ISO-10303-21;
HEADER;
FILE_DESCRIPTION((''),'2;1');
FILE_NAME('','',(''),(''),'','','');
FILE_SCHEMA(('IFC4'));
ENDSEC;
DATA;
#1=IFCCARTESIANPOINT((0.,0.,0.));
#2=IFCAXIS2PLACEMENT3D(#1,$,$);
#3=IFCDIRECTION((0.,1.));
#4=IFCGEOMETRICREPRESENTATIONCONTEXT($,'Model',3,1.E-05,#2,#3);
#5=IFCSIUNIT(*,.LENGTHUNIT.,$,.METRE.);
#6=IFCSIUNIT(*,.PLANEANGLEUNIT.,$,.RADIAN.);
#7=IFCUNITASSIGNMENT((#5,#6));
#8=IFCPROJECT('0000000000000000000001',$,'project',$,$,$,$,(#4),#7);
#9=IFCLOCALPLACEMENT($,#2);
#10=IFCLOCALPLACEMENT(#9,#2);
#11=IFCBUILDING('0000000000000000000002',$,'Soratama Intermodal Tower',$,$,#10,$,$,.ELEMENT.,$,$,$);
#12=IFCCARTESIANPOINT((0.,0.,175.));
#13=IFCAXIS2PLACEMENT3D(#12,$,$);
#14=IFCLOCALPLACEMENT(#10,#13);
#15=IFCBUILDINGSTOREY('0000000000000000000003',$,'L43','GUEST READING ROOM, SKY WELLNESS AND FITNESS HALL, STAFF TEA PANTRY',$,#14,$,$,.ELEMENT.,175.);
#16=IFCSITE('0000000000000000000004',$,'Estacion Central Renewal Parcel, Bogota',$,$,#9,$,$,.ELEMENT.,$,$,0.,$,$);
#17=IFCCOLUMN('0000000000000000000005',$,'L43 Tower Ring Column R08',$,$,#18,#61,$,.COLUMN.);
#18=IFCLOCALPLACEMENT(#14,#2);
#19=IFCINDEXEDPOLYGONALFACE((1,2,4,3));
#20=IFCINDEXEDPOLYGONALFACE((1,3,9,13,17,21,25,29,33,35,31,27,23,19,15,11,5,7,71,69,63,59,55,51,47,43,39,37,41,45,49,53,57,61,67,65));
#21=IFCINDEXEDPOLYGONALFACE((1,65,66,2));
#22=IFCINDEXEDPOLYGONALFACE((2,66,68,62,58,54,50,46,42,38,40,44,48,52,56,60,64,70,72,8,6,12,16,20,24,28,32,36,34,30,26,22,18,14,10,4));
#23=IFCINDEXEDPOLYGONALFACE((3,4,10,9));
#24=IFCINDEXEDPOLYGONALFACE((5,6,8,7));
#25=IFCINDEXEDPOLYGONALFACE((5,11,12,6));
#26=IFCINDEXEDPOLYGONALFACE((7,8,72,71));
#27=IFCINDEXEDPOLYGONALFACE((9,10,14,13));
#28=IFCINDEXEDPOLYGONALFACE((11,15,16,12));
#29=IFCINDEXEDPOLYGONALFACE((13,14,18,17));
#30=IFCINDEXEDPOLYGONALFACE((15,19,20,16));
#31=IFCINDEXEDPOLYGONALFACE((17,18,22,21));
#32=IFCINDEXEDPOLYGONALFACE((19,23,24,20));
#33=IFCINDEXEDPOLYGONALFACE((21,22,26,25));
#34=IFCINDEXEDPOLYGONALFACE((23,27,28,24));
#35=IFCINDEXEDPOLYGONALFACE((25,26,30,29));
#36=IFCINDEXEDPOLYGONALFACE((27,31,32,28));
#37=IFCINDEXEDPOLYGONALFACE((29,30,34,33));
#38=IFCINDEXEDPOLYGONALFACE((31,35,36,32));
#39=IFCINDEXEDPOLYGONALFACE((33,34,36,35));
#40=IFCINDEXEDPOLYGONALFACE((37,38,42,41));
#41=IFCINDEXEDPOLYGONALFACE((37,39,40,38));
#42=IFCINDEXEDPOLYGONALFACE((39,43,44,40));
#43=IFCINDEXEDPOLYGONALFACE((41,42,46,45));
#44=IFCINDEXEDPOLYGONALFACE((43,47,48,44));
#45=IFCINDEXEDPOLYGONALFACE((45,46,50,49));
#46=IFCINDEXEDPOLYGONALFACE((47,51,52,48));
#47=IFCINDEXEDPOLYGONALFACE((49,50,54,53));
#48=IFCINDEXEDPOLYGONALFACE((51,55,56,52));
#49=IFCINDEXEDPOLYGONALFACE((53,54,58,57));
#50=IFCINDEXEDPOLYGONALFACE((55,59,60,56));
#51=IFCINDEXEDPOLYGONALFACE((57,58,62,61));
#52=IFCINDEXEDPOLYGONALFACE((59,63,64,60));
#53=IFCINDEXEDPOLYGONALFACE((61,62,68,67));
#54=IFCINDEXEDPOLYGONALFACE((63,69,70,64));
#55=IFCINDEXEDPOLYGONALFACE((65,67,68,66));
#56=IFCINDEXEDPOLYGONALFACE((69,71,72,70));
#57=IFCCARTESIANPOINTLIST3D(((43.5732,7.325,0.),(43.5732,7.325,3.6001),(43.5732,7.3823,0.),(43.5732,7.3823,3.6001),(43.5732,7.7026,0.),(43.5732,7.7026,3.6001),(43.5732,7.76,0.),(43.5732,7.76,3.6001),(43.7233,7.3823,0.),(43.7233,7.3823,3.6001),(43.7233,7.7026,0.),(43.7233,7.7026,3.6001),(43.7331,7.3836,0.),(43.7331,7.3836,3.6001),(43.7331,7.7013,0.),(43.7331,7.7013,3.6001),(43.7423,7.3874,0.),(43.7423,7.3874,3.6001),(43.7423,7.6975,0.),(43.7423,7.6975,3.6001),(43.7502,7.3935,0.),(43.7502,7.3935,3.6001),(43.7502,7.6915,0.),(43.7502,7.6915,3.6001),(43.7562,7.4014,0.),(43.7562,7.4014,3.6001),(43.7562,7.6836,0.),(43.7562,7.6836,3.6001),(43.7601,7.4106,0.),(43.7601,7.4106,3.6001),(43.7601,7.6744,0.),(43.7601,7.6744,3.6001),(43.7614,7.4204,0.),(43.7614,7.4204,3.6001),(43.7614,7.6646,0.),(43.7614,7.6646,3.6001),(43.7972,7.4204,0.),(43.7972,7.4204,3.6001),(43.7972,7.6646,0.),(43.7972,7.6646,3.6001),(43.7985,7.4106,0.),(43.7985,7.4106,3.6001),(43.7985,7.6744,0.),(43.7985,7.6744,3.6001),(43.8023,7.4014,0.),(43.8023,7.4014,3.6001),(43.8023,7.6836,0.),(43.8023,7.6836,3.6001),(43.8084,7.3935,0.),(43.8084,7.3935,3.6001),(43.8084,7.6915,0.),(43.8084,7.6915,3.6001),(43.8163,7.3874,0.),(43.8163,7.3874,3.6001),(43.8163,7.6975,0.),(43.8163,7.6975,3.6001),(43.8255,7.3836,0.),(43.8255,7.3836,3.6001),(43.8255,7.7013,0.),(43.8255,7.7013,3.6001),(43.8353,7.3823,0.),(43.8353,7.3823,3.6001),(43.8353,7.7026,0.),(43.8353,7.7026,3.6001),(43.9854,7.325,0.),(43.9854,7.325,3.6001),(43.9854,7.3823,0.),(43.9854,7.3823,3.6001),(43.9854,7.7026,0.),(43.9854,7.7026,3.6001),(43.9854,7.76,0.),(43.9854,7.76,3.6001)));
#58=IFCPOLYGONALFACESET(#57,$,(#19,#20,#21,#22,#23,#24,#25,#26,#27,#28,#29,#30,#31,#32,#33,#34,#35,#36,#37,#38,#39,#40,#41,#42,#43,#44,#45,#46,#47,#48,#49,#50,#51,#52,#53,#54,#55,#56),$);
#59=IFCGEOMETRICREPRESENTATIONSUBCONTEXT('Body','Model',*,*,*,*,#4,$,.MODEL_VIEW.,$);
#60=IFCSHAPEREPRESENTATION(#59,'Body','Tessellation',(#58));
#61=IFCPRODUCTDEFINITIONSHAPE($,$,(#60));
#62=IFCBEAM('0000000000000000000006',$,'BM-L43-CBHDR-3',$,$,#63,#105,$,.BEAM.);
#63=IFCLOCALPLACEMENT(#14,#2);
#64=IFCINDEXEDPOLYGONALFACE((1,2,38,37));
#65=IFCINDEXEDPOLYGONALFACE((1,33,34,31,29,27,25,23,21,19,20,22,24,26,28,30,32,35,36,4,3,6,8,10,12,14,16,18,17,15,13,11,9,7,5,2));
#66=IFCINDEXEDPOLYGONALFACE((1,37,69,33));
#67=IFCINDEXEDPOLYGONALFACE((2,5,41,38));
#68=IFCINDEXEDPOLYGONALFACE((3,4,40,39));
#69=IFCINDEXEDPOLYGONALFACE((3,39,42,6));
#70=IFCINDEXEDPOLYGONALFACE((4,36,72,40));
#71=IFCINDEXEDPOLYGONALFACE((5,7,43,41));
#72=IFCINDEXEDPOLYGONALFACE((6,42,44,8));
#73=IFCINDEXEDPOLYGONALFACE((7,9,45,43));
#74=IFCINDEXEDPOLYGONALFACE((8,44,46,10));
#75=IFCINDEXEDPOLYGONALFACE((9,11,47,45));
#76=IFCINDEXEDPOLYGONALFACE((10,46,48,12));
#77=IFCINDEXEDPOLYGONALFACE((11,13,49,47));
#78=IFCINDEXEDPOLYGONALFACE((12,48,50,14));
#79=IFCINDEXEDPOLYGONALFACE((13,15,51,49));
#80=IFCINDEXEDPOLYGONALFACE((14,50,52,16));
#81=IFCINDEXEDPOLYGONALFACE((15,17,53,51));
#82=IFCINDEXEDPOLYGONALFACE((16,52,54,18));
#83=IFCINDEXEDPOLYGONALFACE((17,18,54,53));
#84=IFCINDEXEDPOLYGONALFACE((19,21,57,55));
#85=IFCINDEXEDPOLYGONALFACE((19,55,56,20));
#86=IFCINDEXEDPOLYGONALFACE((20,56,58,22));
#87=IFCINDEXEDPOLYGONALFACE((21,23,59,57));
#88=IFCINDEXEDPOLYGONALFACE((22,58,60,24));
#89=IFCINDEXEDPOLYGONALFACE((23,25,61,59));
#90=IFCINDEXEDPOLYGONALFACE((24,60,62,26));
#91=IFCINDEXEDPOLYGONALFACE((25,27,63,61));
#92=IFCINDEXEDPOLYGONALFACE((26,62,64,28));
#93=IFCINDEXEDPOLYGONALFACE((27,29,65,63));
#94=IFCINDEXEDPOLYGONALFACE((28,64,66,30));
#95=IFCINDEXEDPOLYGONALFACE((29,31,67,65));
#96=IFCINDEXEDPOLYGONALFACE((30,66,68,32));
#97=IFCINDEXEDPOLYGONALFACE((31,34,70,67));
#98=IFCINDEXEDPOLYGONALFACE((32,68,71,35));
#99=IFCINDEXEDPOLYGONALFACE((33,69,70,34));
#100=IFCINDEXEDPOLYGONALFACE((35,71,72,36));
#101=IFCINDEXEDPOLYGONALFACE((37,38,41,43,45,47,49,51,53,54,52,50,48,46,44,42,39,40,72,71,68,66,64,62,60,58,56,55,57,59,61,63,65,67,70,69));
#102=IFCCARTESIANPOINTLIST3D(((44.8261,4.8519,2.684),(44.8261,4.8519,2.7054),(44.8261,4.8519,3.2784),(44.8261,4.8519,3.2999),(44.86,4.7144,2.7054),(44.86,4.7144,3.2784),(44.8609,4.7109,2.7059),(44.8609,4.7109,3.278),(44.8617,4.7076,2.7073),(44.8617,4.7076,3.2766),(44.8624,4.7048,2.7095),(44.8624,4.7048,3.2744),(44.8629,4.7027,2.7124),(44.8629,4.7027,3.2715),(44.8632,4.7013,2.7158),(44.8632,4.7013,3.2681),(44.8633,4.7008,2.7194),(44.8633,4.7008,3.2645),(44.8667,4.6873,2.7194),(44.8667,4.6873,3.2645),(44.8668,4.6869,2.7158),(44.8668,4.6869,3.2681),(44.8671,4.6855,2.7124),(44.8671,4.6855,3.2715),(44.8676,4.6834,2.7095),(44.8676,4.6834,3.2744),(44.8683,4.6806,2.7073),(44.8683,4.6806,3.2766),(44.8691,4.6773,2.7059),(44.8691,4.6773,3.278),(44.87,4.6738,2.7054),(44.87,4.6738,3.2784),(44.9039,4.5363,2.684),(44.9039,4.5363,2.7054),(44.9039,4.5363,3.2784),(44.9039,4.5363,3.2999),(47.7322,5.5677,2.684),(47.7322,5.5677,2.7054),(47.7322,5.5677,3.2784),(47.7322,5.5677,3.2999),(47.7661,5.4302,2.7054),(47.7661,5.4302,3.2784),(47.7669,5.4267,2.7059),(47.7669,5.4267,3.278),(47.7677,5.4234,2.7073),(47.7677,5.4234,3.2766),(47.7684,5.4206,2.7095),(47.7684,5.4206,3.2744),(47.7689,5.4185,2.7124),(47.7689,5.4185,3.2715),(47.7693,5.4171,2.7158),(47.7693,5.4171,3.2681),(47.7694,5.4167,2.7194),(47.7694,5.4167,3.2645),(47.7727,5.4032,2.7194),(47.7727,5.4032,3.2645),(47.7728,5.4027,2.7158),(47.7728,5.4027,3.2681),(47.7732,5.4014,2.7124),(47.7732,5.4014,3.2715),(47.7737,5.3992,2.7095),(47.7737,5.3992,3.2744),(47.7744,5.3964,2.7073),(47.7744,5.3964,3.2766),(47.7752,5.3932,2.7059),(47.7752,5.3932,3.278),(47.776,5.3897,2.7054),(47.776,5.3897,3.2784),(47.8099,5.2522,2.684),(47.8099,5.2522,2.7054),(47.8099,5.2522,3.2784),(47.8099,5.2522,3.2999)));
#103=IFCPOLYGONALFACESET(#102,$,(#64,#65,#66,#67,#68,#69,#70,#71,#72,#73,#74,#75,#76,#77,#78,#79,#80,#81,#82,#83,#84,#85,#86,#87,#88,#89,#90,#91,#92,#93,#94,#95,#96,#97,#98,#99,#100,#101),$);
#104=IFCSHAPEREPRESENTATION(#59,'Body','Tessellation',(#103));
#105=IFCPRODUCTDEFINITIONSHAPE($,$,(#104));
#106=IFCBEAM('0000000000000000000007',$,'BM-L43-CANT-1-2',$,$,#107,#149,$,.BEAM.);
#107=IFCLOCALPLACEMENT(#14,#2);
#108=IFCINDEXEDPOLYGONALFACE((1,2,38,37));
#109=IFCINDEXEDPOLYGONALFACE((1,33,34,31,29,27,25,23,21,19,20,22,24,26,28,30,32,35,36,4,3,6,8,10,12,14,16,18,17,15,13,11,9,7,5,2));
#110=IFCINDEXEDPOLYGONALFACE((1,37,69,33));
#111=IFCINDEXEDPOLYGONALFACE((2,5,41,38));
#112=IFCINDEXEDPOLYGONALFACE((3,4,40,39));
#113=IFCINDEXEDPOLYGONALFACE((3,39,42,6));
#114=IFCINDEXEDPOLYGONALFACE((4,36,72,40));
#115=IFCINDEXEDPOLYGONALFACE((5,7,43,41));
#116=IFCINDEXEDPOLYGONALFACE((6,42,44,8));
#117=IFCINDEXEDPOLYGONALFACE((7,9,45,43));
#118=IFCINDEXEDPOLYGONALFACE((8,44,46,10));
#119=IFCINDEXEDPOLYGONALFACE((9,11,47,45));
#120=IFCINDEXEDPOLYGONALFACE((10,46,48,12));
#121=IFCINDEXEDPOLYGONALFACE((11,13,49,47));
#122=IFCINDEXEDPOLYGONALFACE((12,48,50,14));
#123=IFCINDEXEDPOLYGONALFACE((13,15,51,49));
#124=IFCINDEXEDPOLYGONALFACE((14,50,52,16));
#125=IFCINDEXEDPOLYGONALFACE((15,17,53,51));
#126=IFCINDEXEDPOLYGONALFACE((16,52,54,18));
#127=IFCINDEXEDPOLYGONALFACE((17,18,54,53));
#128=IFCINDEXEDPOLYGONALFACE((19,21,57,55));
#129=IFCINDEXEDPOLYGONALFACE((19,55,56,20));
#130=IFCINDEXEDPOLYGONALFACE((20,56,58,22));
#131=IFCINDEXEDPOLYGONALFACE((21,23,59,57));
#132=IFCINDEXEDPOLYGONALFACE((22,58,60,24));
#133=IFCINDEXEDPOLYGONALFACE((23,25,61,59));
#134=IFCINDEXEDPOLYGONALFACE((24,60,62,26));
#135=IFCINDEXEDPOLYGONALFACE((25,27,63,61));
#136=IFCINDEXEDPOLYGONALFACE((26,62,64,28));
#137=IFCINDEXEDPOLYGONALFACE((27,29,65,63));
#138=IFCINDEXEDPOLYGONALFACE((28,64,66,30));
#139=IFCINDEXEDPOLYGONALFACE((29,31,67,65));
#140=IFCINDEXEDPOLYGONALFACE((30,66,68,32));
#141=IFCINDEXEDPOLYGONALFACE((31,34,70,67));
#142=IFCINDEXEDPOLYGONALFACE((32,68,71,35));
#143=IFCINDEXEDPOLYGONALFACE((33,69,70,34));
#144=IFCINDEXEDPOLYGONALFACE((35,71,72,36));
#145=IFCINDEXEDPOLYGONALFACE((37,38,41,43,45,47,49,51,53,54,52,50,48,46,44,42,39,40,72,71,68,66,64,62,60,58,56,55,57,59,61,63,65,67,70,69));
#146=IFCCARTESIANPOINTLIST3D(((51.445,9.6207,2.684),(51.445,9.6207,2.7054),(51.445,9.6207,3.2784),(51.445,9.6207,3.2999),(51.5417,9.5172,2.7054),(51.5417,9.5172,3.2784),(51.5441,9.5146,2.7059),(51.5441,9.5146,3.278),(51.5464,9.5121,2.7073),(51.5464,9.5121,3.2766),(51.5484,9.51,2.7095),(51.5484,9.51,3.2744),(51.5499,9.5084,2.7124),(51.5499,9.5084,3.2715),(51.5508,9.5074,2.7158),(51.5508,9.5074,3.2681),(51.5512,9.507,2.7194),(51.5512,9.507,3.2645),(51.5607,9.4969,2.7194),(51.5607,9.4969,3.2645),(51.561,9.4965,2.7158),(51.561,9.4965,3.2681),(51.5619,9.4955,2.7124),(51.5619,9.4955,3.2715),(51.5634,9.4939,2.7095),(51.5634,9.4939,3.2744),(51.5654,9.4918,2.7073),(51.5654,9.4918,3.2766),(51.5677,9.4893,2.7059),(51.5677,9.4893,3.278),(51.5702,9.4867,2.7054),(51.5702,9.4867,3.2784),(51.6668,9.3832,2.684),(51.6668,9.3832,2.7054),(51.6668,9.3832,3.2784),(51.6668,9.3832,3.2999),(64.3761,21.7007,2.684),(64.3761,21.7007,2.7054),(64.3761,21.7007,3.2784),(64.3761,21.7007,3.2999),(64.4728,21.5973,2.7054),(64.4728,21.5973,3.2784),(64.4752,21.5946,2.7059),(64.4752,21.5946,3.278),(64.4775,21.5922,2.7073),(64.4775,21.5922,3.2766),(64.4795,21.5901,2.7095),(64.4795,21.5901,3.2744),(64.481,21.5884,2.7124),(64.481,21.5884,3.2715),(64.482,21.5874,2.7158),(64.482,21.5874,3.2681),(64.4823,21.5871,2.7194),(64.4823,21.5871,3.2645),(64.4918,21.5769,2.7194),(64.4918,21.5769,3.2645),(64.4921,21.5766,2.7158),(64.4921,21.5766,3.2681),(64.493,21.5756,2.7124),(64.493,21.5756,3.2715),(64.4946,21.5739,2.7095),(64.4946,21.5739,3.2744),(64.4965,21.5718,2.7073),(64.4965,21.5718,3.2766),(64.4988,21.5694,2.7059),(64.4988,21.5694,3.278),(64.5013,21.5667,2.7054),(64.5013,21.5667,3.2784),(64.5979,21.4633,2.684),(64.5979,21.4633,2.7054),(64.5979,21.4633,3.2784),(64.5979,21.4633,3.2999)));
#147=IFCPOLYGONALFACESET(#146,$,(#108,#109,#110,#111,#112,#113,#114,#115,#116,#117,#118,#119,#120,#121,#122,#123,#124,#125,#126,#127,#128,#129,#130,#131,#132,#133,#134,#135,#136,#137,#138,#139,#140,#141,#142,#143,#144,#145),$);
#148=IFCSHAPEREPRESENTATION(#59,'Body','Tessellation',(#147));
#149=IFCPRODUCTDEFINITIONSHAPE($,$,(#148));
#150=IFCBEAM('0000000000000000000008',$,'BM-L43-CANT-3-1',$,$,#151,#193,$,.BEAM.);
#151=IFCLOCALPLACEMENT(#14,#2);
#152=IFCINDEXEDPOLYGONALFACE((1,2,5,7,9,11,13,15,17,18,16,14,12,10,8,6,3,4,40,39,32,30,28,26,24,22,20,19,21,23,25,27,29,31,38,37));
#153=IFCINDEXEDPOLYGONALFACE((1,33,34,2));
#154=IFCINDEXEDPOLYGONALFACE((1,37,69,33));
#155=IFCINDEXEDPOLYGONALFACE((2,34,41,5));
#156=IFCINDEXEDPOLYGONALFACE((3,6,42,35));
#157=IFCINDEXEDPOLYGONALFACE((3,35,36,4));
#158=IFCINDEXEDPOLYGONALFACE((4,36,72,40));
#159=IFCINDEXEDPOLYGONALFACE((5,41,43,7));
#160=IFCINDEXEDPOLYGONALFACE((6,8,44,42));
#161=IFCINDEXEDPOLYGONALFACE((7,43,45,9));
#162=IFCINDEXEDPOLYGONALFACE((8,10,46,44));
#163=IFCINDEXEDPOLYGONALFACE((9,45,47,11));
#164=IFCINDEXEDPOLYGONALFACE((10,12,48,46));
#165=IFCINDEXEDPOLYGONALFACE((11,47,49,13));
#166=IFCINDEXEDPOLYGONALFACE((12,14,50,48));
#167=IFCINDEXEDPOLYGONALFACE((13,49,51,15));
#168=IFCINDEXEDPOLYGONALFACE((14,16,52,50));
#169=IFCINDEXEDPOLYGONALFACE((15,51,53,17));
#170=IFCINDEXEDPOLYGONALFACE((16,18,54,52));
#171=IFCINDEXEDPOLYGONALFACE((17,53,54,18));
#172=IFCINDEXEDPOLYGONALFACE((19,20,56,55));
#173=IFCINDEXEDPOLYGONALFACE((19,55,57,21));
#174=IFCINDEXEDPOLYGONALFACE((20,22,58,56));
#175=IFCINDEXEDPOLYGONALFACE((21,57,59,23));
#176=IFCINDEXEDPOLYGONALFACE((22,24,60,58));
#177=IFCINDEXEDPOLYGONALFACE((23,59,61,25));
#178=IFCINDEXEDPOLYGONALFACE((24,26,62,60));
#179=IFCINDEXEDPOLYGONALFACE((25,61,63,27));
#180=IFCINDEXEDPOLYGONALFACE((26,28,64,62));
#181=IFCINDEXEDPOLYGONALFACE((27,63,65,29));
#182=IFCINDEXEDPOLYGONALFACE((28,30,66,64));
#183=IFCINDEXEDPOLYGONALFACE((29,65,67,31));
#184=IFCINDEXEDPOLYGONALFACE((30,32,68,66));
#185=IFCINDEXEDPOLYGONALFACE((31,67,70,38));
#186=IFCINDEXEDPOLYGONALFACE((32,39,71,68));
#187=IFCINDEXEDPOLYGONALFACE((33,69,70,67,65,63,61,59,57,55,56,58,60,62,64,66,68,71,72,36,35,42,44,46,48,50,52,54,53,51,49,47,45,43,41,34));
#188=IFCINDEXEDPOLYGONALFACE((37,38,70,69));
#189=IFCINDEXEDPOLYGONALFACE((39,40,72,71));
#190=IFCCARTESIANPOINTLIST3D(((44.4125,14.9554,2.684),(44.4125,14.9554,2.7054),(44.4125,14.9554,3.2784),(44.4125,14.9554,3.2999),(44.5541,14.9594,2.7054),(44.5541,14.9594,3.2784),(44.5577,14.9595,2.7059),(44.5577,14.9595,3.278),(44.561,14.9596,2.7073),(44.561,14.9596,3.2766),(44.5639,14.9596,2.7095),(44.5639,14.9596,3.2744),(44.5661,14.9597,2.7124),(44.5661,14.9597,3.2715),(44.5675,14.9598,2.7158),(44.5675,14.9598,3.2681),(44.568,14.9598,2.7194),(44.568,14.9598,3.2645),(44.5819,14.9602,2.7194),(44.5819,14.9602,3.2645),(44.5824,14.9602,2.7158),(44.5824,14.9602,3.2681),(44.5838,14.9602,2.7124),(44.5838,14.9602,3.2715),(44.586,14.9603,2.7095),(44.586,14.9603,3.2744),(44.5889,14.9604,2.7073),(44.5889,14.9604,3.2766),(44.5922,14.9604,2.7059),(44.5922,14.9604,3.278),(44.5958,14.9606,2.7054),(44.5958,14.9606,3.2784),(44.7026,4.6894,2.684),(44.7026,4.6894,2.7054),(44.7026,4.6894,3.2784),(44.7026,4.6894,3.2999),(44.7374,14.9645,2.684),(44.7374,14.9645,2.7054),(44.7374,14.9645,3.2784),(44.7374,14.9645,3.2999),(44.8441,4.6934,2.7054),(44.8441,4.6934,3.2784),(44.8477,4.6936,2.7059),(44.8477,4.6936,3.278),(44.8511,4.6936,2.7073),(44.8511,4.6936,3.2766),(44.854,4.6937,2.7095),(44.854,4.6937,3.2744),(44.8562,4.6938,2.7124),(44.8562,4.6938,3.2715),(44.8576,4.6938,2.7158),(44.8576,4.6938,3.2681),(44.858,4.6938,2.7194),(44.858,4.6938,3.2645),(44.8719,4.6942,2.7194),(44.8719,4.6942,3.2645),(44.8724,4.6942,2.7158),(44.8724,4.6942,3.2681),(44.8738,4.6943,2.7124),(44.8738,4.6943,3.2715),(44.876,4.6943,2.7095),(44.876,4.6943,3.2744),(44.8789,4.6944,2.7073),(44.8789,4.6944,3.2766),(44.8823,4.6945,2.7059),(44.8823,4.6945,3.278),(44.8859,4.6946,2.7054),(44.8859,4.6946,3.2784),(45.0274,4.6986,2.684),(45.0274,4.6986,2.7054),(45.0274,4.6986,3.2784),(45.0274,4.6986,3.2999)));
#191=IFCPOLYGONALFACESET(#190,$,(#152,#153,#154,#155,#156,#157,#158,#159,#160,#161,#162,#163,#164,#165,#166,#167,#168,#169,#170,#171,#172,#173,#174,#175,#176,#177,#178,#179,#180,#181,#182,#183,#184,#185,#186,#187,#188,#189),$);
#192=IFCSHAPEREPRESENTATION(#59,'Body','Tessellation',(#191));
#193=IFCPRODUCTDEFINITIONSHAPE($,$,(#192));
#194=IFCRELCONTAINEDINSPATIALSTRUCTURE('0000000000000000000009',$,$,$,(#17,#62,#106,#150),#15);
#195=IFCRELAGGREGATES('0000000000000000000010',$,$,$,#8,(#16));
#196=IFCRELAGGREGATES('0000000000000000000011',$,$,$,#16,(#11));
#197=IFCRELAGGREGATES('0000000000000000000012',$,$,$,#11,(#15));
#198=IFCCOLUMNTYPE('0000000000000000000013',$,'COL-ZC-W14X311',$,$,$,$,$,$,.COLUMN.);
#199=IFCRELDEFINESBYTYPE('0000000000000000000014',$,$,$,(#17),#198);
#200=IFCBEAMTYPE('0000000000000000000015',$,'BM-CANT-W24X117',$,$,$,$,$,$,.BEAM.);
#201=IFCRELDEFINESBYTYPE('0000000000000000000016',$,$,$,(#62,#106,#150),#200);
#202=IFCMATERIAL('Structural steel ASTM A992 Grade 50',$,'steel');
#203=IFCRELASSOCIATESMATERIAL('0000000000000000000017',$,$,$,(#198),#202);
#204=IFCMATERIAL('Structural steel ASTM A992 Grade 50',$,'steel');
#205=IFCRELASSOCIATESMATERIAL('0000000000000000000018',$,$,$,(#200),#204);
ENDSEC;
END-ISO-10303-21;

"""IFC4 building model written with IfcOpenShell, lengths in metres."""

from ifc_helpers import new_model, si_unit, direction, frame, origin, origin_2d, place, context, subcontext, project, spatial, i_section, extrude, material, material_profile, profile_set, type_object, element, save


model = new_model("IFC4")

# Units and contexts
model_context = context("Model", 3, precision=1e-05, world=origin(), true_north=direction((0.0, 1.0)))
body_context = subcontext(model_context, "Body", "Model", "MODEL_VIEW")
ifc_project = project(units=[si_unit("LENGTHUNIT", "METRE"), si_unit("PLANEANGLEUNIT", "RADIAN")], contexts=[model_context])

# Site, building, storey
site_placement = place(None, origin())
site = spatial("IfcSite", under=ifc_project, at=site_placement, Name="Estacion Central Renewal Parcel, Bogota", CompositionType="ELEMENT", RefElevation=0.0)
building_placement = place(site_placement, origin())
building = spatial("IfcBuilding", under=site, at=building_placement, Name="Soratama Intermodal Tower", CompositionType="ELEMENT")
storey_placement = place(building_placement, frame((0.0, 0.0, 175.0)))
storey = spatial("IfcBuildingStorey", under=building, at=storey_placement, Name="L43", Description="GUEST READING ROOM, SKY WELLNESS AND FITNESS HALL, STAFF TEA PANTRY", CompositionType="ELEMENT", Elevation=175.0)

# Column
ifc_material_1 = material(Name="Structural steel ASTM A992 Grade 50", Category="steel")
ifc_material_profile_1 = material_profile(ifc_material_1, i_section(OverallWidth=0.4121, OverallDepth=0.4351, WebThickness=0.0359, FlangeThickness=0.0574, FilletRadius=0.0381, at=origin_2d()), Name="W14X311")
ifc_profile_set_1 = profile_set([ifc_material_profile_1], Name="Structural steel ASTM A992 Grade 50")
column_type = type_object("IfcColumnType", Name="COL-ZC-W14X311", PredefinedType="COLUMN", material=ifc_profile_set_1)
column_placement = place(storey_placement, frame((43.7793, 7.5425, 0.0), z_axis=(0.0, 0.0, 1.0), x_axis=(1.0, 0.0, 0.0)))
element("IfcColumn", 1, at=column_placement, inside=storey, type_object=column_type, Name="L43 Tower Ring Column R08", PredefinedType="COLUMN", context=body_context, shape_type="SweptSolid", body=[
    extrude(i_section(OverallWidth=0.4121, OverallDepth=0.4351, WebThickness=0.0359, FlangeThickness=0.0574, FilletRadius=0.0381, at=origin_2d()), origin(), (0.0, 0.0, 1.0), 3.6001),
])

# Beams
ifc_material_2 = material(Name="Structural steel ASTM A992 Grade 50", Category="steel")
ifc_material_profile_2 = material_profile(ifc_material_2, i_section(OverallWidth=0.325, OverallDepth=0.616, WebThickness=0.0139, FlangeThickness=0.0215, FilletRadius=0.0139, at=origin_2d()), Name="W24X117")
ifc_profile_set_2 = profile_set([ifc_material_profile_2], Name="Structural steel ASTM A992 Grade 50")
beam_type_1 = type_object("IfcBeamType", Name="BM-CANT-W24X117", PredefinedType="BEAM", material=ifc_profile_set_2)
beam_1_placement = place(storey_placement, frame((44.865, 4.6941, 2.9919), z_axis=(0.970976, 0.239175, 0.0), x_axis=(-0.239175, 0.970976, 0.0)))
element("IfcBeam", 2, at=beam_1_placement, inside=storey, type_object=beam_type_1, Name="BM-L43-CBHDR-3", PredefinedType="BEAM", context=body_context, shape_type="SweptSolid", body=[
    extrude(i_section(OverallWidth=0.325, OverallDepth=0.616, WebThickness=0.0139, FlangeThickness=0.0215, FilletRadius=0.0139, at=origin_2d()), origin(), (0.0, 0.0, 1.0), 2.9929),
])
beam_2_placement = place(storey_placement, frame((51.5559, 9.502, 2.9919), z_axis=(0.730745, 0.68265, 0.0), x_axis=(-0.68265, 0.730745, 0.0)))
element("IfcBeam", 3, at=beam_2_placement, inside=storey, type_object=beam_type_1, Name="BM-L43-CANT-1-2", PredefinedType="BEAM", context=body_context, shape_type="SweptSolid", body=[
    extrude(i_section(OverallWidth=0.325, OverallDepth=0.616, WebThickness=0.0139, FlangeThickness=0.0215, FilletRadius=0.0139, at=origin_2d()), origin(), (0.0, 0.0, 1.0), 17.6958),
])
beam_3_placement = place(storey_placement, frame((44.575, 14.96, 2.9919), z_axis=(0.028241, -0.999601, 0.0), x_axis=(0.999601, 0.028241, 0.0)))
element("IfcBeam", 4, at=beam_3_placement, inside=storey, type_object=beam_type_1, Name="BM-L43-CANT-3-1", PredefinedType="BEAM", context=body_context, shape_type="SweptSolid", body=[
    extrude(i_section(OverallWidth=0.325, OverallDepth=0.616, WebThickness=0.0139, FlangeThickness=0.0215, FilletRadius=0.0139, at=origin_2d()), origin(), (0.0, 0.0, 1.0), 10.27),
])

save(model, "model.ifc")
